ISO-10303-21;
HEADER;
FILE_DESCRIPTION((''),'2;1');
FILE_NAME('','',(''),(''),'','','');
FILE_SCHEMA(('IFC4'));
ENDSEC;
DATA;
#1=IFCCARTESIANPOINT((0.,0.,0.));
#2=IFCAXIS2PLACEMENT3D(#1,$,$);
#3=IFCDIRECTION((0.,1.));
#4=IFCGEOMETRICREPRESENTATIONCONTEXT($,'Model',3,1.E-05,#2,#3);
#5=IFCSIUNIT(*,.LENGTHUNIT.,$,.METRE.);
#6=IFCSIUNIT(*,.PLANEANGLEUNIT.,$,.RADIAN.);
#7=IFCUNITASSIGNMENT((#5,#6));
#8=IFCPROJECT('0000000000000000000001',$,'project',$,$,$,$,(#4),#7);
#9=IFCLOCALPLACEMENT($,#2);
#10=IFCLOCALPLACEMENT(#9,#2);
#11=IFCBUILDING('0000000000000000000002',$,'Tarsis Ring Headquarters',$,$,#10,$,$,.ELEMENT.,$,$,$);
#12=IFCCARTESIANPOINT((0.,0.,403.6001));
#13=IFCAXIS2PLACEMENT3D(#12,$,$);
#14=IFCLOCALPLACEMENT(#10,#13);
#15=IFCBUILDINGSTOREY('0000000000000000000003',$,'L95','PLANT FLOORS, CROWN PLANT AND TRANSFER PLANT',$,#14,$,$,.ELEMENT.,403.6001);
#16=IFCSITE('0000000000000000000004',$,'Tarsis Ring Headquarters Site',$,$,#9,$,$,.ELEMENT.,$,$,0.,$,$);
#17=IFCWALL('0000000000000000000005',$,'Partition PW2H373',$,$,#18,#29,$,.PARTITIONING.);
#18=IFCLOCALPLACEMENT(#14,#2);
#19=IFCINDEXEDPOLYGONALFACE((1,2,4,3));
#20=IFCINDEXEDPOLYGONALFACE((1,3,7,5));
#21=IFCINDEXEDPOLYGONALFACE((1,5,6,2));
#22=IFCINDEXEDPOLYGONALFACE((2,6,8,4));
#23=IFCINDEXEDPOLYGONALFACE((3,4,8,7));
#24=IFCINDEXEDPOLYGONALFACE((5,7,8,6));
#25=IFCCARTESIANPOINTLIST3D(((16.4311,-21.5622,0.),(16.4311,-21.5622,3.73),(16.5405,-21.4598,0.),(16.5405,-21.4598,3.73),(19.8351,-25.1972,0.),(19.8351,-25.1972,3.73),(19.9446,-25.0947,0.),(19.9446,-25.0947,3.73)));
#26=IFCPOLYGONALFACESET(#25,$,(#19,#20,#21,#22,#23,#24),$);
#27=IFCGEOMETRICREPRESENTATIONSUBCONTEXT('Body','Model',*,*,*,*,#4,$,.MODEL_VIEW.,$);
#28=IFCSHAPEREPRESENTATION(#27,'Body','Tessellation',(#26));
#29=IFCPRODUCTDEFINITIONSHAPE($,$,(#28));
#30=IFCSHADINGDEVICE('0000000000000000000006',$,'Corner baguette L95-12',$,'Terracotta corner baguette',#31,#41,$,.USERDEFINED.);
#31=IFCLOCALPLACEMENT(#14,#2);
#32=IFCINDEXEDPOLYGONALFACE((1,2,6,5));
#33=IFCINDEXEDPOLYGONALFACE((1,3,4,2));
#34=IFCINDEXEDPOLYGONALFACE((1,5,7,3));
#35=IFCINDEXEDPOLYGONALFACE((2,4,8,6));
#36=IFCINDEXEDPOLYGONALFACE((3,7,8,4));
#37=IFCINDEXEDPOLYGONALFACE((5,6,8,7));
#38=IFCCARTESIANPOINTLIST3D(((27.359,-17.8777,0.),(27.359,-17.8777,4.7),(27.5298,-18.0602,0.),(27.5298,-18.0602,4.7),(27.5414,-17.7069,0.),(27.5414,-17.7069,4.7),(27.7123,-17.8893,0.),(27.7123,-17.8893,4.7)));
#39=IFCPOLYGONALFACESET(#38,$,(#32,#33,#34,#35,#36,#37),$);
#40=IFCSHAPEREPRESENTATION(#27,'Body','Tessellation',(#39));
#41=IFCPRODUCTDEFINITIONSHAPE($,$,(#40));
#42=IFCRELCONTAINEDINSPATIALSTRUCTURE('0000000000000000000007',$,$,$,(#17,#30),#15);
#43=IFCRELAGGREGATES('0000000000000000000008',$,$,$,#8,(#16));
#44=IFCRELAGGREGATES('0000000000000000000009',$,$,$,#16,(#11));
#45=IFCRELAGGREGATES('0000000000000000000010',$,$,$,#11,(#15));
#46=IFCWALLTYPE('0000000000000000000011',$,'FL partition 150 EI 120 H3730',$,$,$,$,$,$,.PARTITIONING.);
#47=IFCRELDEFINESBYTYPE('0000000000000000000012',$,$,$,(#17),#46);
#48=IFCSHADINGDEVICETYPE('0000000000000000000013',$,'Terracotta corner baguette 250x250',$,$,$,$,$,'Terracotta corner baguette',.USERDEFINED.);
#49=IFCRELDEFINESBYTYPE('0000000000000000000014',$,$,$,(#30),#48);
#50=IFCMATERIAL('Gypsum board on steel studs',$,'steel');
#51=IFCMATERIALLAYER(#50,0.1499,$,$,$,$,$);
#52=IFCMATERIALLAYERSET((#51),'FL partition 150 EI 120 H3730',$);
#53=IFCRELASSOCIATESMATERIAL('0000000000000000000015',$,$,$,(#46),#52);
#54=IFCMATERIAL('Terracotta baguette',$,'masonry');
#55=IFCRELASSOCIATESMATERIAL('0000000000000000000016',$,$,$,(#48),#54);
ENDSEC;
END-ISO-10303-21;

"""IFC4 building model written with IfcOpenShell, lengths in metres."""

from ifc_helpers import new_model, si_unit, direction, frame, frame_2d, origin, origin_2d, place, context, subcontext, project, spatial, rectangle, extrude, material, layer, layer_set, type_object, element, save


model = new_model("IFC4")

# Units and contexts
model_context = context("Model", 3, precision=1e-05, world=origin(), true_north=direction((0.0, 1.0)))
body_context = subcontext(model_context, "Body", "Model", "MODEL_VIEW")
ifc_project = project(units=[si_unit("LENGTHUNIT", "METRE"), si_unit("PLANEANGLEUNIT", "RADIAN")], contexts=[model_context])

# Site, building, storey
site_placement = place(None, origin())
site = spatial("IfcSite", under=ifc_project, at=site_placement, Name="Tarsis Ring Headquarters Site", CompositionType="ELEMENT", RefElevation=0.0)
building_placement = place(site_placement, origin())
building = spatial("IfcBuilding", under=site, at=building_placement, Name="Tarsis Ring Headquarters", CompositionType="ELEMENT")
storey_placement = place(building_placement, frame((0.0, 0.0, 403.6001)))
storey = spatial("IfcBuildingStorey", under=building, at=storey_placement, Name="L95", Description="PLANT FLOORS, CROWN PLANT AND TRANSFER PLANT", CompositionType="ELEMENT", Elevation=403.6001)

# Wall
ifc_material_1 = material(Name="Gypsum board on steel studs", Category="steel")
ifc_layer_1 = layer(ifc_material_1, 0.1499)
ifc_layer_set_1 = layer_set([ifc_layer_1], Name="FL partition 150 EI 120 H3730")
wall_type = type_object("IfcWallType", Name="FL partition 150 EI 120 H3730", PredefinedType="PARTITIONING", material=ifc_layer_set_1)
wall_placement = place(storey_placement, frame((16.4858, -21.511, 0.0), z_axis=(0.0, 0.0, 1.0), x_axis=(0.683538, -0.729915, 0.0)))
element("IfcWall", 1, at=wall_placement, inside=storey, type_object=wall_type, Name="Partition PW2H373", PredefinedType="PARTITIONING", context=body_context, shape_type="SweptSolid", body=[
    extrude(rectangle(XDim=4.98, YDim=0.1499, at=frame_2d((2.49, 0.0))), origin(), (0.0, 0.0, 1.0), 3.73),
])

# Shading device
ifc_material_2 = material(Name="Terracotta baguette", Category="masonry")
shading_device_type_1 = type_object("IfcShadingDeviceType", Name="Terracotta corner baguette 250x250", ElementType="Terracotta corner baguette", PredefinedType="USERDEFINED", material=ifc_material_2)
shading_device_1_placement = place(storey_placement, frame((27.5356, -17.8835, 0.0), z_axis=(0.0, 0.0, 1.0), x_axis=(0.729924, 0.683529, 0.0)))
element("IfcShadingDevice", 2, at=shading_device_1_placement, inside=storey, type_object=shading_device_type_1, Name="Corner baguette L95-12", ObjectType="Terracotta corner baguette", PredefinedType="USERDEFINED", context=body_context, shape_type="SweptSolid", body=[
    extrude(rectangle(XDim=0.25, YDim=0.25, at=origin_2d()), origin(), (0.0, 0.0, 1.0), 4.7),
])

save(model, "model.ifc")
